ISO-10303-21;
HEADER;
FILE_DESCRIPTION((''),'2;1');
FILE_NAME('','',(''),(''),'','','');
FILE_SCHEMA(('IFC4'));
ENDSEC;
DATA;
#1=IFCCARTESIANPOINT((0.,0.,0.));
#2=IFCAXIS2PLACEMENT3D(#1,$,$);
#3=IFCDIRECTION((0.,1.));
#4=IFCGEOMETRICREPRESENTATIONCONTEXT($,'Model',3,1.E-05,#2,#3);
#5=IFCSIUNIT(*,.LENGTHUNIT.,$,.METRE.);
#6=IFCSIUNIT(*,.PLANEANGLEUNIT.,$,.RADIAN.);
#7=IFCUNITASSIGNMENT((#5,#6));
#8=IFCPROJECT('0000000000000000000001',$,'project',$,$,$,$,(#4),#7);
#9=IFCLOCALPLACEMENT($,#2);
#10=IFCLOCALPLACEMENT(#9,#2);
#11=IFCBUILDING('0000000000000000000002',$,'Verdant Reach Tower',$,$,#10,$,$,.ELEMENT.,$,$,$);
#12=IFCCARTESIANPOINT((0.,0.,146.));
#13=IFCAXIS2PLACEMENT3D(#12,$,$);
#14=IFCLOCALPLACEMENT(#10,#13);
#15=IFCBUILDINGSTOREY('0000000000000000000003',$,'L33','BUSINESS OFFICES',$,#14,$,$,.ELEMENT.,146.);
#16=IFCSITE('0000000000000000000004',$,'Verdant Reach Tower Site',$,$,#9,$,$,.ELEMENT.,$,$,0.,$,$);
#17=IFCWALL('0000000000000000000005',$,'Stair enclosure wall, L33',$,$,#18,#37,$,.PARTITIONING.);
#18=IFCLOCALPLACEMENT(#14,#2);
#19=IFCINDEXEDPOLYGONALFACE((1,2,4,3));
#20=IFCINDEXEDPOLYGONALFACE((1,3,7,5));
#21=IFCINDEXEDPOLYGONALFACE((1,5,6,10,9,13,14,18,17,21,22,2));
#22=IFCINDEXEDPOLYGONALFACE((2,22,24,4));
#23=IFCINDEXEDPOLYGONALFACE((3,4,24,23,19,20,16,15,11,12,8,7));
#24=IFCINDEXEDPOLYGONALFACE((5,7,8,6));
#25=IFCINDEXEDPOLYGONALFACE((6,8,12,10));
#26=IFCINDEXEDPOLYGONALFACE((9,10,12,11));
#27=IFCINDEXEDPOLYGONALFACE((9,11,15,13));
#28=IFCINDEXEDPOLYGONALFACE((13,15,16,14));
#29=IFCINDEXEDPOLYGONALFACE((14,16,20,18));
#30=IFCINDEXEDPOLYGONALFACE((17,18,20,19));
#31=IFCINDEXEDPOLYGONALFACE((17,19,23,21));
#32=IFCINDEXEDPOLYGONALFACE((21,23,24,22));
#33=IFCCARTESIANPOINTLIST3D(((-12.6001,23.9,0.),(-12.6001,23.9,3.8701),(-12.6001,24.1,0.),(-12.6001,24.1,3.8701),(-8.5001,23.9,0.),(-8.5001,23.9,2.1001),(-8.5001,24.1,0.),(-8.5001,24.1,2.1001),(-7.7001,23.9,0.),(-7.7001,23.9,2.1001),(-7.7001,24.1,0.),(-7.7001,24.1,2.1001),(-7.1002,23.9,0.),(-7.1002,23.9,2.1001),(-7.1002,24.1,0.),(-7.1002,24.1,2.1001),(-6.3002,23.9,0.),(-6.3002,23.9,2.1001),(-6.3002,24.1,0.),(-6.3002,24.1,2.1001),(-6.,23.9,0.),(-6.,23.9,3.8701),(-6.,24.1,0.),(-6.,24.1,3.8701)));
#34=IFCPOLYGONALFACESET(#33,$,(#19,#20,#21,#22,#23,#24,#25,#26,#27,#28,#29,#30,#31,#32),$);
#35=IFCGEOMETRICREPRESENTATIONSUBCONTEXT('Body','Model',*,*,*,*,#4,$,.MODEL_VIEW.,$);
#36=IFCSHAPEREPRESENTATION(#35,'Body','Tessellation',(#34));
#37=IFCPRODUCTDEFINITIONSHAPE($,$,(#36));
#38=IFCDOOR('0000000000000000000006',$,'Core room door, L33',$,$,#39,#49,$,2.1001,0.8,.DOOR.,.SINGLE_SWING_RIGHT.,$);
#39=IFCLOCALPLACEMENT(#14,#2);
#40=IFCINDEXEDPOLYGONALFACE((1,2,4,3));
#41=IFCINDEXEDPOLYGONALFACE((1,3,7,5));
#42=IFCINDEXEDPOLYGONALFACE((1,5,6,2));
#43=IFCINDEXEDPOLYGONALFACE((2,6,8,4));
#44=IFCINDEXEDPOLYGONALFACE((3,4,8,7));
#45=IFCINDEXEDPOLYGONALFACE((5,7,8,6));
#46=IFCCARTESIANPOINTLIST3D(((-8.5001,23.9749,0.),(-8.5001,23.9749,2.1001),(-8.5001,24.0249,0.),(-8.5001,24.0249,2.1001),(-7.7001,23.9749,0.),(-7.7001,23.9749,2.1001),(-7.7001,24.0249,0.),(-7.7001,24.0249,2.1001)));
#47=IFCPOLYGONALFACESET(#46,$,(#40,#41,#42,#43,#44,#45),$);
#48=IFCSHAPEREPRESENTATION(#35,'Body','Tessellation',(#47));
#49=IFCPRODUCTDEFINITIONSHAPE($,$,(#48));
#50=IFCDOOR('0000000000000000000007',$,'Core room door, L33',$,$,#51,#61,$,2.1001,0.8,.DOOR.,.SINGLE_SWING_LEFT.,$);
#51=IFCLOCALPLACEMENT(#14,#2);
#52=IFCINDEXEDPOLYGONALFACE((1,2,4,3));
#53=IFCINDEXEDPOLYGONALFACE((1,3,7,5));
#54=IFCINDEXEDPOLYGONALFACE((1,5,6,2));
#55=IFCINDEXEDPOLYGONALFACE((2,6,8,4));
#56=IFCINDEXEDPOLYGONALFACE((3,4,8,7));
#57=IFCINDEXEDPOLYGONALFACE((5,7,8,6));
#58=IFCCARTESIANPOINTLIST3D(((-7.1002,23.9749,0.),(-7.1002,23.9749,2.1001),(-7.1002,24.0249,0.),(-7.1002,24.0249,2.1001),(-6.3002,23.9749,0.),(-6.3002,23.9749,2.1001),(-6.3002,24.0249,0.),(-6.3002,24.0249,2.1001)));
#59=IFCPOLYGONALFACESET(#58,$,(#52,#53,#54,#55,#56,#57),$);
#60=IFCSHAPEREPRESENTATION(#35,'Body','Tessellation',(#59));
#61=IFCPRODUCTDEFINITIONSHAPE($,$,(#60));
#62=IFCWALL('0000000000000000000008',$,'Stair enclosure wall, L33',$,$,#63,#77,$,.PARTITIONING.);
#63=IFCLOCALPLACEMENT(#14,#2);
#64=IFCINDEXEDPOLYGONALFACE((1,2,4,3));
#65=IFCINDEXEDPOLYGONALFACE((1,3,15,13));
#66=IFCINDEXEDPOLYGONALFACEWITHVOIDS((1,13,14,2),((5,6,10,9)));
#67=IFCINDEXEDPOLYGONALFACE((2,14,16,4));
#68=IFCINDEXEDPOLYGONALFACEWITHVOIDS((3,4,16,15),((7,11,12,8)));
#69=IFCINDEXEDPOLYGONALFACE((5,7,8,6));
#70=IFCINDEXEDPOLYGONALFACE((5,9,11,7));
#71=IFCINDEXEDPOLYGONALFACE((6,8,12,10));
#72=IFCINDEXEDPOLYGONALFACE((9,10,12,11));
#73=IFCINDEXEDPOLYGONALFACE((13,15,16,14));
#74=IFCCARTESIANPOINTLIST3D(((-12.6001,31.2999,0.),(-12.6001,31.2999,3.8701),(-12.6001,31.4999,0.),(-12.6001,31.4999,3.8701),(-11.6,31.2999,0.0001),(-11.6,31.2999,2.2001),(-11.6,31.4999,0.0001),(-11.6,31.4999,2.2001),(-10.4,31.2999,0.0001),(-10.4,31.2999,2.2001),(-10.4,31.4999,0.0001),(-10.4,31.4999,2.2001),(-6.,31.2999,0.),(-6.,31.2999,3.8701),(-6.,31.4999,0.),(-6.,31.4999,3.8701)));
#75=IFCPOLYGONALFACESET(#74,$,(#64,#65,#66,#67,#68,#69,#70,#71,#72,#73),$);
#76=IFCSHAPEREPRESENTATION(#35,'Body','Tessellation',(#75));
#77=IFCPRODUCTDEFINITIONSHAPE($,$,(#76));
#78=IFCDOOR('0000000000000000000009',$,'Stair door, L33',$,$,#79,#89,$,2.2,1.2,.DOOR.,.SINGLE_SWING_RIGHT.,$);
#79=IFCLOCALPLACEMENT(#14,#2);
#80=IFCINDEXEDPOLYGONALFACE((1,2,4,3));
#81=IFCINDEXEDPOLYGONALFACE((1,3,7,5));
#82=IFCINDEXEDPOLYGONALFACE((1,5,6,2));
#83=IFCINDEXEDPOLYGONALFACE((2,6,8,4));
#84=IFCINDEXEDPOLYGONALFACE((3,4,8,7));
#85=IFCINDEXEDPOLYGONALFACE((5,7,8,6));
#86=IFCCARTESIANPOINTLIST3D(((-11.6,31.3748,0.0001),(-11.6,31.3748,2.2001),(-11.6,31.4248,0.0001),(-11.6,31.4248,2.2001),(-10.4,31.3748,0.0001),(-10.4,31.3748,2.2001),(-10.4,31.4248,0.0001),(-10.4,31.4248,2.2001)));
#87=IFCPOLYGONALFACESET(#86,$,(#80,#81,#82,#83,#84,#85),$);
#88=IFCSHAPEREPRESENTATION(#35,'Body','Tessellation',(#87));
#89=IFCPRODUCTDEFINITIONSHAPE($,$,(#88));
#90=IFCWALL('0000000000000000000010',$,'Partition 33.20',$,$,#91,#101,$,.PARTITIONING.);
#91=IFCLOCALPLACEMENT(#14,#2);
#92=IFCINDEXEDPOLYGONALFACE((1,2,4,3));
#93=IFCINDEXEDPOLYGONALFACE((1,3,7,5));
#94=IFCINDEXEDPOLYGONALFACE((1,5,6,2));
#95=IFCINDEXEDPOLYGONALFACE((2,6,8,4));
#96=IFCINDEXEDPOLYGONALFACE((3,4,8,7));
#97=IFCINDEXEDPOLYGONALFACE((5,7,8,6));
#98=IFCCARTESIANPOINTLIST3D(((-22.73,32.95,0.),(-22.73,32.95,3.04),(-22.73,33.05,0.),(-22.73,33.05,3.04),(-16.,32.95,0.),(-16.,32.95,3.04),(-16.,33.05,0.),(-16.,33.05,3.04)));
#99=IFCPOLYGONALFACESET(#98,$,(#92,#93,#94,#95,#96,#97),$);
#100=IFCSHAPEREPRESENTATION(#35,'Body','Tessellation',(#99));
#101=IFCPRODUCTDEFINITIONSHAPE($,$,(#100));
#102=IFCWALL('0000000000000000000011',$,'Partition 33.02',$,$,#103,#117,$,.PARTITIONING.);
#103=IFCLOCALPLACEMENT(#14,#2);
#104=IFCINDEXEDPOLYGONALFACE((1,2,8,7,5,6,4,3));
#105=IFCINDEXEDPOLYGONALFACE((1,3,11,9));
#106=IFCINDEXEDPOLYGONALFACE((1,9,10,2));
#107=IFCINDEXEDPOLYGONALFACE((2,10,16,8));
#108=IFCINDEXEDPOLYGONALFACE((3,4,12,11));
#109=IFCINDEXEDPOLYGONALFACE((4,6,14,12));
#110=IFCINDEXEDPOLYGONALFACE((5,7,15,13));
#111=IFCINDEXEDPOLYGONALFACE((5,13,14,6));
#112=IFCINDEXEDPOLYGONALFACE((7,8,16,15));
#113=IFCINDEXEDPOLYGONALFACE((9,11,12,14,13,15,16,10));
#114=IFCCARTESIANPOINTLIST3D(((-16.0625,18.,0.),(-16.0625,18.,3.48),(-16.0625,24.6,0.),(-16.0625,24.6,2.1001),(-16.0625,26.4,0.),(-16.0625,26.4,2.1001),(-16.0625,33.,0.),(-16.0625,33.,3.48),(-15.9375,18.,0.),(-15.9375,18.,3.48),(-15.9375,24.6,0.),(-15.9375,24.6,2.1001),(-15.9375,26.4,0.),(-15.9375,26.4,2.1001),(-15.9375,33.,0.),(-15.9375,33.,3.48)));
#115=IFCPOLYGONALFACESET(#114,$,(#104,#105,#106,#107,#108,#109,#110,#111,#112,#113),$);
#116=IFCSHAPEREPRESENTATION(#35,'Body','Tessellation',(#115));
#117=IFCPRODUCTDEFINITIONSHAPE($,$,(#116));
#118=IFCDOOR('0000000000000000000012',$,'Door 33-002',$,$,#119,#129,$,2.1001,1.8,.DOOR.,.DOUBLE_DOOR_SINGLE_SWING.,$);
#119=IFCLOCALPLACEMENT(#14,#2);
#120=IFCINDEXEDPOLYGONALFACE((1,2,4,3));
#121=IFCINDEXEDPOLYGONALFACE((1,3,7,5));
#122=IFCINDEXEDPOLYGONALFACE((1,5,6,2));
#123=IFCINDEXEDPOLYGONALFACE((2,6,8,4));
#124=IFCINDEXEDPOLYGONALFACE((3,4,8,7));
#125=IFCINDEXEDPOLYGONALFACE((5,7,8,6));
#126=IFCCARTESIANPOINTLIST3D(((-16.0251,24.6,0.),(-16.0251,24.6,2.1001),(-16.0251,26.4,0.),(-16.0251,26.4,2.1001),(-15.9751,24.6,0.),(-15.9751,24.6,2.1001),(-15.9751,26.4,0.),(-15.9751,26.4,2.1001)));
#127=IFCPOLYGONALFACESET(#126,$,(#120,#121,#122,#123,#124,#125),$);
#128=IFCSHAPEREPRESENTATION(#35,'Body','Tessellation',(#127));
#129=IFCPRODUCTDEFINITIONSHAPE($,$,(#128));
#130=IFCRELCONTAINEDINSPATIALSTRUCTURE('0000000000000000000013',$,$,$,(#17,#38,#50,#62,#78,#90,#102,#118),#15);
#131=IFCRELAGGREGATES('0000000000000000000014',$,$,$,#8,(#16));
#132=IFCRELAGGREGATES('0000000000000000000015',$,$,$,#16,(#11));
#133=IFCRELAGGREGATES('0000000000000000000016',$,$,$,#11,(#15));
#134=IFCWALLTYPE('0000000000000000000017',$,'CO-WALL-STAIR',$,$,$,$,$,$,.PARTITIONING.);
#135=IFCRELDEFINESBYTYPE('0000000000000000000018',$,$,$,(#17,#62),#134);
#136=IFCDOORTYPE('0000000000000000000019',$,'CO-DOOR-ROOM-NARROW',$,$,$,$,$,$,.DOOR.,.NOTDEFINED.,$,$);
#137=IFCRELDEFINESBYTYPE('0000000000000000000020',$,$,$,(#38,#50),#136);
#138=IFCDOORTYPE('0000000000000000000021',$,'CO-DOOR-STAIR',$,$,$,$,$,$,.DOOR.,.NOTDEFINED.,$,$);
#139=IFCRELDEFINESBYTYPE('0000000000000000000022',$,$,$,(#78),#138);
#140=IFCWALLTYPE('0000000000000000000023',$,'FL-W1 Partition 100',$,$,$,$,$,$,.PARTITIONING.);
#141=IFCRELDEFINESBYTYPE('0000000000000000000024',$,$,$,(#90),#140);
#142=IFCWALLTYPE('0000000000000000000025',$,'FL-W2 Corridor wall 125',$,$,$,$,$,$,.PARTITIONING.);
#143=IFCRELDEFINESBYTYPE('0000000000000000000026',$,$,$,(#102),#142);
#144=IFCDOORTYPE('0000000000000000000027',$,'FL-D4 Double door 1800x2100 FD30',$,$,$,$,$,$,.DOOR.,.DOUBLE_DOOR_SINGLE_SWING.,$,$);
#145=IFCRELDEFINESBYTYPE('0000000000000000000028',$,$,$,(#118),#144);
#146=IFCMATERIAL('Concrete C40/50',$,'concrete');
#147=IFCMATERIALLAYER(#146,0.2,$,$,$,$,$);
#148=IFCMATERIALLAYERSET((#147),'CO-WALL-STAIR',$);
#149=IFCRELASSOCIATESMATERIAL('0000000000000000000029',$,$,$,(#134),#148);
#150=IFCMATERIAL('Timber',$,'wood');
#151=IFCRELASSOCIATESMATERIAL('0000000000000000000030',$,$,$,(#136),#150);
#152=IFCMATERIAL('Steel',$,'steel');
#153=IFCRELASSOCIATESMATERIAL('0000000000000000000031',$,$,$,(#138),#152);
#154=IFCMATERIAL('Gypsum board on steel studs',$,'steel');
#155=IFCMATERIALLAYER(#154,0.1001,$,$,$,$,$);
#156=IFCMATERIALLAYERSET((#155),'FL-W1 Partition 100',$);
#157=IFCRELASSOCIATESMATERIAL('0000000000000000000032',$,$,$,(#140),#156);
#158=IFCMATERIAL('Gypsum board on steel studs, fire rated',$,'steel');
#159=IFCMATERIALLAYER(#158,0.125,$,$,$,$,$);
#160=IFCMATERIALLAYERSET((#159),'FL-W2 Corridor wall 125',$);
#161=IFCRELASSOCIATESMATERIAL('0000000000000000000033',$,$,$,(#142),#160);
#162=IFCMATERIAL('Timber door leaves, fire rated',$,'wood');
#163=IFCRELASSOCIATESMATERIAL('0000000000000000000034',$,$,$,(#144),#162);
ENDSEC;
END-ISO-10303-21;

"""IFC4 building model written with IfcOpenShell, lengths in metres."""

from ifc_helpers import new_model, si_unit, direction, frame, frame_2d, origin, place, context, subcontext, project, spatial, rectangle, extrude, material, layer, layer_set, type_object, element, fill, save


model = new_model("IFC4")

# Units and contexts
model_context = context("Model", 3, precision=1e-05, world=origin(), true_north=direction((0.0, 1.0)))
body_context = subcontext(model_context, "Body", "Model", "MODEL_VIEW")
ifc_project = project(units=[si_unit("LENGTHUNIT", "METRE"), si_unit("PLANEANGLEUNIT", "RADIAN")], contexts=[model_context])

# Site, building, storey
site_placement = place(None, origin())
site = spatial("IfcSite", under=ifc_project, at=site_placement, Name="Verdant Reach Tower Site", CompositionType="ELEMENT", RefElevation=0.0)
building_placement = place(site_placement, origin())
building = spatial("IfcBuilding", under=site, at=building_placement, Name="Verdant Reach Tower", CompositionType="ELEMENT")
storey_placement = place(building_placement, frame((0.0, 0.0, 146.0)))
storey = spatial("IfcBuildingStorey", under=building, at=storey_placement, Name="L33", Description="BUSINESS OFFICES", CompositionType="ELEMENT", Elevation=146.0)

# Wall, openings, doors
ifc_material_1 = material(Name="Gypsum board on steel studs", Category="steel")
ifc_material_2 = material(Name="Timber", Category="wood")
ifc_material_3 = material(Name="Concrete C40/50", Category="concrete")
ifc_material_4 = material(Name="Steel", Category="steel")
ifc_layer_1 = layer(ifc_material_3, 0.2)
ifc_layer_set_1 = layer_set([ifc_layer_1], Name="CO-WALL-STAIR")
wall_type_1 = type_object("IfcWallType", Name="CO-WALL-STAIR", PredefinedType="PARTITIONING", material=ifc_layer_set_1)
wall_1_placement = place(storey_placement, frame((-12.6001, 24.0, 0.0), z_axis=(0.0, 0.0, 1.0), x_axis=(1.0, 0.0, 0.0)))
wall_1 = element("IfcWall", 1, at=wall_1_placement, inside=storey, type_object=wall_type_1, Name="Stair enclosure wall, L33", PredefinedType="PARTITIONING", context=body_context, shape_type="SweptSolid", body=[
    extrude(rectangle(XDim=6.6001, YDim=0.2, at=frame_2d((3.3, 0.0))), origin(), (0.0, 0.0, 1.0), 3.8701),
])
opening_1_placement = place(wall_1_placement, frame((4.1001, 0.0, 0.0)))
opening_1 = element("IfcOpeningElement", 2, at=opening_1_placement, cuts=wall_1, PredefinedType="OPENING", context=body_context, shape_type="SweptSolid", body=[
    extrude(rectangle(XDim=0.8, YDim=2.1001, at=frame_2d((0.3999, 1.05))), frame((0.0, 0.1099, 0.0), z_axis=(0.0, -1.0, 0.0), x_axis=(1.0, 0.0, 0.0)), (0.0, 0.0, 1.0), 0.22),
])
opening_2_placement = place(wall_1_placement, frame((5.5, 0.0, 0.0)))
opening_2 = element("IfcOpeningElement", 3, at=opening_2_placement, cuts=wall_1, PredefinedType="OPENING", context=body_context, shape_type="SweptSolid", body=[
    extrude(rectangle(XDim=0.8, YDim=2.1001, at=frame_2d((0.3999, 1.05))), frame((0.0, 0.1099, 0.0), z_axis=(0.0, -1.0, 0.0), x_axis=(1.0, 0.0, 0.0)), (0.0, 0.0, 1.0), 0.22),
])
door_type_1 = type_object("IfcDoorType", Name="CO-DOOR-ROOM-NARROW", OperationType="NOTDEFINED", PredefinedType="DOOR", material=ifc_material_2)
door_1_placement = place(opening_1_placement, origin())
door_1 = element("IfcDoor", 4, at=door_1_placement, inside=storey, type_object=door_type_1, Name="Core room door, L33", OperationType="SINGLE_SWING_RIGHT", OverallHeight=2.1001, OverallWidth=0.8, PredefinedType="DOOR", context=body_context, shape_type="SweptSolid", body=[
    extrude(rectangle(XDim=0.8, YDim=2.1001, at=frame_2d((0.3999, 1.05))), frame((0.0, 0.0249, 0.0), z_axis=(0.0, -1.0, 0.0), x_axis=(1.0, 0.0, 0.0)), (0.0, 0.0, 1.0), 0.05),
])
fill(opening_1, door_1)
door_2_placement = place(opening_2_placement, origin())
door_2 = element("IfcDoor", 5, at=door_2_placement, inside=storey, type_object=door_type_1, Name="Core room door, L33", OperationType="SINGLE_SWING_LEFT", OverallHeight=2.1001, OverallWidth=0.8, PredefinedType="DOOR", context=body_context, shape_type="SweptSolid", body=[
    extrude(rectangle(XDim=0.8, YDim=2.1001, at=frame_2d((0.3999, 1.05))), frame((0.0, 0.0249, 0.0), z_axis=(0.0, -1.0, 0.0), x_axis=(1.0, 0.0, 0.0)), (0.0, 0.0, 1.0), 0.05),
])
fill(opening_2, door_2)

# Wall, opening, door
wall_2_placement = place(storey_placement, frame((-12.6001, 31.3999, 0.0), z_axis=(0.0, 0.0, 1.0), x_axis=(1.0, 0.0, 0.0)))
wall_2 = element("IfcWall", 6, at=wall_2_placement, inside=storey, type_object=wall_type_1, Name="Stair enclosure wall, L33", PredefinedType="PARTITIONING", context=body_context, shape_type="SweptSolid", body=[
    extrude(rectangle(XDim=6.6001, YDim=0.2, at=frame_2d((3.3, 0.0))), origin(), (0.0, 0.0, 1.0), 3.8701),
])
opening_3_placement = place(wall_2_placement, frame((1.0, 0.0, 0.0)))
opening_3 = element("IfcOpeningElement", 7, at=opening_3_placement, cuts=wall_2, PredefinedType="OPENING", context=body_context, shape_type="SweptSolid", body=[
    extrude(rectangle(XDim=1.2, YDim=2.2, at=frame_2d((0.6001, 1.1001))), frame((0.0, 0.1099, 0.0), z_axis=(0.0, -1.0, 0.0), x_axis=(1.0, 0.0, 0.0)), (0.0, 0.0, 1.0), 0.22),
])
door_type_2 = type_object("IfcDoorType", Name="CO-DOOR-STAIR", OperationType="NOTDEFINED", PredefinedType="DOOR", material=ifc_material_4)
door_3_placement = place(opening_3_placement, origin())
door_3 = element("IfcDoor", 8, at=door_3_placement, inside=storey, type_object=door_type_2, Name="Stair door, L33", OperationType="SINGLE_SWING_RIGHT", OverallHeight=2.2, OverallWidth=1.2, PredefinedType="DOOR", context=body_context, shape_type="SweptSolid", body=[
    extrude(rectangle(XDim=1.2, YDim=2.2, at=frame_2d((0.6001, 1.1001))), frame((0.0, 0.0249, 0.0), z_axis=(0.0, -1.0, 0.0), x_axis=(1.0, 0.0, 0.0)), (0.0, 0.0, 1.0), 0.05),
])
fill(opening_3, door_3)

# Wall
ifc_layer_2 = layer(ifc_material_1, 0.1001)
ifc_layer_set_2 = layer_set([ifc_layer_2], Name="FL-W1 Partition 100")
wall_type_2 = type_object("IfcWallType", Name="FL-W1 Partition 100", PredefinedType="PARTITIONING", material=ifc_layer_set_2)
wall_3_placement = place(storey_placement, frame((-16.0, 33.0, 0.0), z_axis=(0.0, 0.0, 1.0), x_axis=(-1.0, 0.0, 0.0)))
element("IfcWall", 9, at=wall_3_placement, inside=storey, type_object=wall_type_2, Name="Partition 33.20", PredefinedType="PARTITIONING", context=body_context, shape_type="SweptSolid", body=[
    extrude(rectangle(XDim=6.73, YDim=0.1001, at=frame_2d((3.365, 0.0))), origin(), (0.0, 0.0, 1.0), 3.04),
])

# Wall, opening, door
ifc_material_5 = material(Name="Gypsum board on steel studs, fire rated", Category="steel")
ifc_layer_3 = layer(ifc_material_5, 0.125)
ifc_layer_set_3 = layer_set([ifc_layer_3], Name="FL-W2 Corridor wall 125")
wall_type_3 = type_object("IfcWallType", Name="FL-W2 Corridor wall 125", PredefinedType="PARTITIONING", material=ifc_layer_set_3)
wall_4_placement = place(storey_placement, frame((-16.0, 33.0, 0.0), z_axis=(0.0, 0.0, 1.0), x_axis=(0.0, -1.0, 0.0)))
wall_4 = element("IfcWall", 10, at=wall_4_placement, inside=storey, type_object=wall_type_3, Name="Partition 33.02", PredefinedType="PARTITIONING", context=body_context, shape_type="SweptSolid", body=[
    extrude(rectangle(XDim=15.0, YDim=0.125, at=frame_2d((7.5, 0.0))), origin(), (0.0, 0.0, 1.0), 3.48),
])
opening_4_placement = place(wall_4_placement, frame((6.6001, 0.0, 0.0)))
opening_4 = element("IfcOpeningElement", 11, at=opening_4_placement, cuts=wall_4, PredefinedType="OPENING", context=body_context, shape_type="SweptSolid", body=[
    extrude(rectangle(XDim=1.8, YDim=2.1001, at=frame_2d((0.8999, 1.05))), frame((0.0, 0.0725, 0.0), z_axis=(0.0, -1.0, 0.0), x_axis=(1.0, 0.0, 0.0)), (0.0, 0.0, 1.0), 0.145),
])
ifc_material_6 = material(Name="Timber door leaves, fire rated", Category="wood")
door_type_3 = type_object("IfcDoorType", Name="FL-D4 Double door 1800x2100 FD30", OperationType="DOUBLE_DOOR_SINGLE_SWING", PredefinedType="DOOR", material=ifc_material_6)
door_4_placement = place(opening_4_placement, origin())
door_4 = element("IfcDoor", 12, at=door_4_placement, inside=storey, type_object=door_type_3, Name="Door 33-002", OperationType="DOUBLE_DOOR_SINGLE_SWING", OverallHeight=2.1001, OverallWidth=1.8, PredefinedType="DOOR", context=body_context, shape_type="SweptSolid", body=[
    extrude(rectangle(XDim=1.8, YDim=2.1001, at=frame_2d((0.8999, 1.05))), frame((0.0, 0.0249, 0.0), z_axis=(0.0, -1.0, 0.0), x_axis=(1.0, 0.0, 0.0)), (0.0, 0.0, 1.0), 0.05),
])
fill(opening_4, door_4)

save(model, "model.ifc")
